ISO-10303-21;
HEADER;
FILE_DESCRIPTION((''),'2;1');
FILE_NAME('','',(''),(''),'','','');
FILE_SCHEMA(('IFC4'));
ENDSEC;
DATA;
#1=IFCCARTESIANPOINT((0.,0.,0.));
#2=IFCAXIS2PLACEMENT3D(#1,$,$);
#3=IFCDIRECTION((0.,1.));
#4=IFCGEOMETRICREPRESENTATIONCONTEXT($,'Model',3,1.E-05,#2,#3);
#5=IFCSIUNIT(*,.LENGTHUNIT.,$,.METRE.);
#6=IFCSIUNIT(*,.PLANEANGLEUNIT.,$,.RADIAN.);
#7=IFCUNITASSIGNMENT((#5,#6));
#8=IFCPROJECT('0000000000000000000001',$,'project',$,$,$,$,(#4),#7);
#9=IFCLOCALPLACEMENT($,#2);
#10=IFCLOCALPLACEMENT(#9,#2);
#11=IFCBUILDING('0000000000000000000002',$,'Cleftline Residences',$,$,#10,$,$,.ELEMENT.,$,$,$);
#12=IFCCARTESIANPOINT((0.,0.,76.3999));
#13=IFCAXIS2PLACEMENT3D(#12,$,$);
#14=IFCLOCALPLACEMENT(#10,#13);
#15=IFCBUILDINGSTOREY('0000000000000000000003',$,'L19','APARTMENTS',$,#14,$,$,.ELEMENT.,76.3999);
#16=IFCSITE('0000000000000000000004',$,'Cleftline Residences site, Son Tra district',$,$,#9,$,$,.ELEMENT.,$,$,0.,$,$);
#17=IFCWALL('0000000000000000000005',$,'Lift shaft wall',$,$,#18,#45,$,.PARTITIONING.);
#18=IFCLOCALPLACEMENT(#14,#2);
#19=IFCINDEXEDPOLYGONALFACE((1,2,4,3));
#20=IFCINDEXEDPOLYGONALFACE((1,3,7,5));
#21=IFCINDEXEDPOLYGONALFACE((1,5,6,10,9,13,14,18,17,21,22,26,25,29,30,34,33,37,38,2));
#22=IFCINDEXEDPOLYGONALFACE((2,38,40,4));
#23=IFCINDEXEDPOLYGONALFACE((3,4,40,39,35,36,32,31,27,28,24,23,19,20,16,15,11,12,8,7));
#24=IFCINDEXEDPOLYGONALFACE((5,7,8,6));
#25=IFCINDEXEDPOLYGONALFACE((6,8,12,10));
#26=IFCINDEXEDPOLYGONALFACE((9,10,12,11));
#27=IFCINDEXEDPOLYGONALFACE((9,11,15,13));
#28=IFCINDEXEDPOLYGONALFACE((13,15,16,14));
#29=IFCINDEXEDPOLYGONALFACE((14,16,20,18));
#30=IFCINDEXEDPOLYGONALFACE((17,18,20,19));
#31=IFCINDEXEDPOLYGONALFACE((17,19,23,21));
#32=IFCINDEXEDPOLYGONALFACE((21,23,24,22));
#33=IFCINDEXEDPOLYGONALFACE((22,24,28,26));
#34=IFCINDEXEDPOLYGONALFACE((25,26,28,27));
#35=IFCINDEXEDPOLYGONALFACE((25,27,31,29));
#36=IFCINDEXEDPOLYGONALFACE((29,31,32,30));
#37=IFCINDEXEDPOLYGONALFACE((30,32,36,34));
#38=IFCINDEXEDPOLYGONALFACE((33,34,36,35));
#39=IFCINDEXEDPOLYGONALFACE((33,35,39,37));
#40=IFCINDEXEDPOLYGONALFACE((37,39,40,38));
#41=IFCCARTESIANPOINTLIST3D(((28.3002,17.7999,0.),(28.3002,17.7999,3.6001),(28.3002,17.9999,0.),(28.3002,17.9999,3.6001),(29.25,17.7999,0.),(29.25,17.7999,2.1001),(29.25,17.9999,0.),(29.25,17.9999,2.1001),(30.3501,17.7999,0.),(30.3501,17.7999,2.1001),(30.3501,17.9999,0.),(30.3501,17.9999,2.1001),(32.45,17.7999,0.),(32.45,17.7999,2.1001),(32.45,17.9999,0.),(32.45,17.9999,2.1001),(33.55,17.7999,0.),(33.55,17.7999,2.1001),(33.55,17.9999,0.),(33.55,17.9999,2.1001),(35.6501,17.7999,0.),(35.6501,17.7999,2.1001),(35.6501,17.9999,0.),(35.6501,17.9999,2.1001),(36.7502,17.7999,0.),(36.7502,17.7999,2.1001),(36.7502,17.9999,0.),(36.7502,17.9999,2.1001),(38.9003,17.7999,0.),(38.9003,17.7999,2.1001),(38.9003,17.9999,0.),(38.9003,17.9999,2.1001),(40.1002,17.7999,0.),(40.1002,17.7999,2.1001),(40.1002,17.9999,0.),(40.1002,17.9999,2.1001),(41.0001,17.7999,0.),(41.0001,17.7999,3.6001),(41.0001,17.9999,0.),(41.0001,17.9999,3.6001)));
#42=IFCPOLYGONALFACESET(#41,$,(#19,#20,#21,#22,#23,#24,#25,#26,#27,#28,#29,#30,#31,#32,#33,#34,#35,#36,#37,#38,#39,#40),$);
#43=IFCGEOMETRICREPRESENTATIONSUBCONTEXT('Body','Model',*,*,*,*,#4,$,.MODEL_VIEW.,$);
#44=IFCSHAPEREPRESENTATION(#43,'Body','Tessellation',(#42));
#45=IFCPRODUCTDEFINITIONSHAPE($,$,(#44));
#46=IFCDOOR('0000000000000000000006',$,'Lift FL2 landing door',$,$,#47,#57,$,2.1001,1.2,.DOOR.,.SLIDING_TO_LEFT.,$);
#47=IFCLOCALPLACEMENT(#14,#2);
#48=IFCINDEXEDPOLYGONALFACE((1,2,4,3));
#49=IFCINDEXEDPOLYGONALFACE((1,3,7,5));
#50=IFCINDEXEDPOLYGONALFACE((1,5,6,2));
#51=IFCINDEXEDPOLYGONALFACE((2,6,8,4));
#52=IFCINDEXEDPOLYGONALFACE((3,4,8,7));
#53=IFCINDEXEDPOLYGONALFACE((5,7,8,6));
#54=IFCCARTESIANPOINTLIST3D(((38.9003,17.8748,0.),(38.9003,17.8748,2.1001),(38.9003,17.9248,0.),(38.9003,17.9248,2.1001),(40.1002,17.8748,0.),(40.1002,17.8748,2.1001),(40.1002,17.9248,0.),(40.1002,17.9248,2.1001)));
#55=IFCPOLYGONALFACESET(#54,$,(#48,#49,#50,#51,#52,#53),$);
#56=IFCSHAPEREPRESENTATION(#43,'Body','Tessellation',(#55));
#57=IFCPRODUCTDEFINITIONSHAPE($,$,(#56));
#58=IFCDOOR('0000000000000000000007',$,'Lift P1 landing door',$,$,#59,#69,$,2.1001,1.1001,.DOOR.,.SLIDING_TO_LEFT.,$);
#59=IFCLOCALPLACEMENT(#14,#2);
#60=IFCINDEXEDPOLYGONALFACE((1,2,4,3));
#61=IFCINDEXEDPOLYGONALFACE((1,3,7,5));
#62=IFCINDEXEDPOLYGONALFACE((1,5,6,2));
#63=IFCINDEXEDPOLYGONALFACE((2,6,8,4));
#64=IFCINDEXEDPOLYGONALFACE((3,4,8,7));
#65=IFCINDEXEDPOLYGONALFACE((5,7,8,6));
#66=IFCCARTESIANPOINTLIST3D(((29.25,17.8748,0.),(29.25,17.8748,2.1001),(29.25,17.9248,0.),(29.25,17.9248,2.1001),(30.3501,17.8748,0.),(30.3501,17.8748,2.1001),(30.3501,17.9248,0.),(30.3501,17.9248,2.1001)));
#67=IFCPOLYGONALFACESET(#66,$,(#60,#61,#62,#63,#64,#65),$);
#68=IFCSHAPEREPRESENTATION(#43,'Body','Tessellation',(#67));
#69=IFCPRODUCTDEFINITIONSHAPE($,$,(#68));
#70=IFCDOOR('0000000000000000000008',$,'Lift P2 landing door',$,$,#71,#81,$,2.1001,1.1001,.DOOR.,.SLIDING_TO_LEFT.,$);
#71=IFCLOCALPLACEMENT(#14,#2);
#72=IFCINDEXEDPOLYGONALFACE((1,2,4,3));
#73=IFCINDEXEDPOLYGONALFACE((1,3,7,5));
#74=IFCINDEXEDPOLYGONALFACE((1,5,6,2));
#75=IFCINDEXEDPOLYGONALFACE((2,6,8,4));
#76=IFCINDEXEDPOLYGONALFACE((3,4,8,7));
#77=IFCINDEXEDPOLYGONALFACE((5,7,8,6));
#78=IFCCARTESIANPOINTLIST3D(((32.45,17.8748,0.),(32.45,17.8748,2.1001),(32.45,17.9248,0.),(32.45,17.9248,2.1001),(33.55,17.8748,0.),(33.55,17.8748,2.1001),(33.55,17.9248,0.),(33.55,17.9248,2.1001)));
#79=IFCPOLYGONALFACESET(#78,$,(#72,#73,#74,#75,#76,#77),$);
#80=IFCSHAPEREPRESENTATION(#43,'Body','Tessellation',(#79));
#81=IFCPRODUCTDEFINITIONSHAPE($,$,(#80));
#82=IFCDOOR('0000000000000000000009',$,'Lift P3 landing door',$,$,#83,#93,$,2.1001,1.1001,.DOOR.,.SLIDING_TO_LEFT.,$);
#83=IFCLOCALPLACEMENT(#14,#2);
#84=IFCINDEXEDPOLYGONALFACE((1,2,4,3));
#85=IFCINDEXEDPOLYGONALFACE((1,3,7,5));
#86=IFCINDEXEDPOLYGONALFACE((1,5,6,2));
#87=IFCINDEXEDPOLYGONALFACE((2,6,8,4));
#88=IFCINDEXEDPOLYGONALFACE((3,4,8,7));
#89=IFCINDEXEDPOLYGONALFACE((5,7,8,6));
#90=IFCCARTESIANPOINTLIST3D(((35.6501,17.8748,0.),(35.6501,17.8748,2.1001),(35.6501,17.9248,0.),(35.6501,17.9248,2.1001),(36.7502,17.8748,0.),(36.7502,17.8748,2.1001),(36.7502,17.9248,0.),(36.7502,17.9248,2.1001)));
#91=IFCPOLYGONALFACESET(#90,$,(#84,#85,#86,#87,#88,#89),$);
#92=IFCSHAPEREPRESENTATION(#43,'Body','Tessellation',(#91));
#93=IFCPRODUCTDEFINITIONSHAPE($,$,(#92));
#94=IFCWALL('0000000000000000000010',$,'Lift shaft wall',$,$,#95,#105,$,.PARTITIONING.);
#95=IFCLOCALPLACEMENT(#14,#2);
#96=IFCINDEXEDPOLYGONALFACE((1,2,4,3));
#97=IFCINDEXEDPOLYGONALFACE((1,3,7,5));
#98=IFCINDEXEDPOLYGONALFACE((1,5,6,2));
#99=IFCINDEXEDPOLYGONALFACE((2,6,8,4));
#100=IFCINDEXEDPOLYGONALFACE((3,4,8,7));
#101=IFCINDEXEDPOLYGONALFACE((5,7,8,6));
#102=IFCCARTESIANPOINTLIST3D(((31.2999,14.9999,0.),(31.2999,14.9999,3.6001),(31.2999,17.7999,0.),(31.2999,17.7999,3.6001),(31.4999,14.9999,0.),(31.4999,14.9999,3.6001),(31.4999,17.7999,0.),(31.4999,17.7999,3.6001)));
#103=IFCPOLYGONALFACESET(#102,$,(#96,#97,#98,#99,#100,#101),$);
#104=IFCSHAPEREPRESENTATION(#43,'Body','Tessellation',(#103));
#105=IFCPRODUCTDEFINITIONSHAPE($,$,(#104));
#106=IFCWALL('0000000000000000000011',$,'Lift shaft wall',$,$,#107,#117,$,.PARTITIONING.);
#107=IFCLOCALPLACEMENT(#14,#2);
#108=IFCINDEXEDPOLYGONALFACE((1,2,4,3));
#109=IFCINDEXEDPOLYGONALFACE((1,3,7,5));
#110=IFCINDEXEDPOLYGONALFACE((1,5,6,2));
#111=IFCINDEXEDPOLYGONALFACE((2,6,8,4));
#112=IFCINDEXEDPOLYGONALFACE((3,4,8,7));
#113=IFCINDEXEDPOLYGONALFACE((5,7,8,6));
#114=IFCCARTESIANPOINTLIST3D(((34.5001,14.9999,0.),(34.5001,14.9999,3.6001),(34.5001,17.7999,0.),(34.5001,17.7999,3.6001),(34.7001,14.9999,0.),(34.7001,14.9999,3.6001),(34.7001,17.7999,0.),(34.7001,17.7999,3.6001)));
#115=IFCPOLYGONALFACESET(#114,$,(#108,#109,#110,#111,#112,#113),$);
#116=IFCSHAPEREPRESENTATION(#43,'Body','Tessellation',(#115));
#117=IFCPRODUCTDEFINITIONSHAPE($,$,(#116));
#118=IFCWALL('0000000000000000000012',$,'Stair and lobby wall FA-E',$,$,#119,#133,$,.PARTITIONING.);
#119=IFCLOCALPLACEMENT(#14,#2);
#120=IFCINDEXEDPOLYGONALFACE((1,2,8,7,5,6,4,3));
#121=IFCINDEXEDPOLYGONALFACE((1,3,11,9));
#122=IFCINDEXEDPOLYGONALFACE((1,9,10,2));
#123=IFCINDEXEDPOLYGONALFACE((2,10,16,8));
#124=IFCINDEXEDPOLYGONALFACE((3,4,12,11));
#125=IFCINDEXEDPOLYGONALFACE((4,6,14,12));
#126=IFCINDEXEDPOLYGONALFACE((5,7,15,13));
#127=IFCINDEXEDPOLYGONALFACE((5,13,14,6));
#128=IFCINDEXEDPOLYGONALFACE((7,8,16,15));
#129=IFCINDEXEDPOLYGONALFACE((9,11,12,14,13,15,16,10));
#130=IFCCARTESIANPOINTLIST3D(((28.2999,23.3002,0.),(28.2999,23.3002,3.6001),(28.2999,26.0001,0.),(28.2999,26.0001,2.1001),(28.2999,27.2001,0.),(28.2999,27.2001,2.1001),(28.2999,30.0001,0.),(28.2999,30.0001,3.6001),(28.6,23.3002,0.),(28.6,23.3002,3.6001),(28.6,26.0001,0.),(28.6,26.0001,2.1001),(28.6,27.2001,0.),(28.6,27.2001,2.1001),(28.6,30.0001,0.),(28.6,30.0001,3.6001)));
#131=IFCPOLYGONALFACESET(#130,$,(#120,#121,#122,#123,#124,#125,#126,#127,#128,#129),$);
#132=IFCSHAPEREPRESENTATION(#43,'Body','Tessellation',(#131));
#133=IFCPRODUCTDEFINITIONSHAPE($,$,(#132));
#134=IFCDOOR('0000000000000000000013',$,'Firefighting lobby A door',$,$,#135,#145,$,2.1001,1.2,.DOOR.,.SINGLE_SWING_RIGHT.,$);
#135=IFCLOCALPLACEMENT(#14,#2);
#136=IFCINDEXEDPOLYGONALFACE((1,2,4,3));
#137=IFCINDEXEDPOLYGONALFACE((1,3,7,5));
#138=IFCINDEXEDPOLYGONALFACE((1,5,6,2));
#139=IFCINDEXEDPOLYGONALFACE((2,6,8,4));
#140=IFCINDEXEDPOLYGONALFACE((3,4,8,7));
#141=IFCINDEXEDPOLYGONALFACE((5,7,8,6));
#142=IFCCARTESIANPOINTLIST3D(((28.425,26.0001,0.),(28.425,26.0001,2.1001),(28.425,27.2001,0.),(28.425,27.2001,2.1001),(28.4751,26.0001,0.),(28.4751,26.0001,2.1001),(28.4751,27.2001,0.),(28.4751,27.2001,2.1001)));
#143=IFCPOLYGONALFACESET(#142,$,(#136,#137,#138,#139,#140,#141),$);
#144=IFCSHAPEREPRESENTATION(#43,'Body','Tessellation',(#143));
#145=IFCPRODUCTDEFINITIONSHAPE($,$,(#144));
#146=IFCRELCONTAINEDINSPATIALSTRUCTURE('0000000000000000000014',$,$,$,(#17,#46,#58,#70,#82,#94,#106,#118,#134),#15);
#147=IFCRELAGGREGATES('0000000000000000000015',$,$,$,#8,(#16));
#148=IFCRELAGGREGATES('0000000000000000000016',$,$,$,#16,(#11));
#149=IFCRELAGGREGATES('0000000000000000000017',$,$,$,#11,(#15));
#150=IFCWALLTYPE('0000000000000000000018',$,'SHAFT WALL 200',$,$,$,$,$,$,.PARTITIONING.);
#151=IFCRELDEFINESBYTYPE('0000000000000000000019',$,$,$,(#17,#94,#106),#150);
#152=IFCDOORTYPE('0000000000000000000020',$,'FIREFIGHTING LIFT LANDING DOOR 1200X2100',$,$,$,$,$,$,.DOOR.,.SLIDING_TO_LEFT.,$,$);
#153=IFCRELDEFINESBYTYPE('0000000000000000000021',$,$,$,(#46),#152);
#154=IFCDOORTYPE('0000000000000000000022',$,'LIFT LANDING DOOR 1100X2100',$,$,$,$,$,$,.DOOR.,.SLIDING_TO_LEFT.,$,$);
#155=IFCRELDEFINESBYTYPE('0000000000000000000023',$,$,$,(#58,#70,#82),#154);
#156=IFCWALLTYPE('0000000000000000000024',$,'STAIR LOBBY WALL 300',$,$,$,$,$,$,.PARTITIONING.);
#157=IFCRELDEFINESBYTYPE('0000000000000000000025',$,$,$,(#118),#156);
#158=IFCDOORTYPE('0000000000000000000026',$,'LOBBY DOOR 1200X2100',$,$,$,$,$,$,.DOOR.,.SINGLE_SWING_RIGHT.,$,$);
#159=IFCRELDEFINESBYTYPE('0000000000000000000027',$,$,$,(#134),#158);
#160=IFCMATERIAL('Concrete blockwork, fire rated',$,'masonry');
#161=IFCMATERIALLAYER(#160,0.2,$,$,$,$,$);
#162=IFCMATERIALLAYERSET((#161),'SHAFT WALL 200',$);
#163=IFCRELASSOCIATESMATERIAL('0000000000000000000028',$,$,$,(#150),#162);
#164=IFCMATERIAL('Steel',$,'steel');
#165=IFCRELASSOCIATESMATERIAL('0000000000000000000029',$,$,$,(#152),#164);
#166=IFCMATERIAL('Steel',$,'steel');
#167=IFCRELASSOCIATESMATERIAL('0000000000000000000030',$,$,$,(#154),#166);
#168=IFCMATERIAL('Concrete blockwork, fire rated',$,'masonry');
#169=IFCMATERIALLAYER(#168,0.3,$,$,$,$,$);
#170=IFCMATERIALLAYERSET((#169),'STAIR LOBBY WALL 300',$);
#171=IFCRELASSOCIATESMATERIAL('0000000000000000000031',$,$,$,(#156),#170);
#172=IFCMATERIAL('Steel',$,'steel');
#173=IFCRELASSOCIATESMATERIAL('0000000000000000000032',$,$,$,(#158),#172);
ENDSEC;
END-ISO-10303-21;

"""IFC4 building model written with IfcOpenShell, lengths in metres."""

from ifc_helpers import new_model, si_unit, direction, frame, frame_2d, origin, place, context, subcontext, project, spatial, rectangle, extrude, material, layer, layer_set, type_object, element, fill, save


model = new_model("IFC4")

# Units and contexts
model_context = context("Model", 3, precision=1e-05, world=origin(), true_north=direction((0.0, 1.0)))
body_context = subcontext(model_context, "Body", "Model", "MODEL_VIEW")
ifc_project = project(units=[si_unit("LENGTHUNIT", "METRE"), si_unit("PLANEANGLEUNIT", "RADIAN")], contexts=[model_context])

# Site, building, storey
site_placement = place(None, origin())
site = spatial("IfcSite", under=ifc_project, at=site_placement, Name="Cleftline Residences site, Son Tra district", CompositionType="ELEMENT", RefElevation=0.0)
building_placement = place(site_placement, origin())
building = spatial("IfcBuilding", under=site, at=building_placement, Name="Cleftline Residences", CompositionType="ELEMENT")
storey_placement = place(building_placement, frame((0.0, 0.0, 76.3999)))
storey = spatial("IfcBuildingStorey", under=building, at=storey_placement, Name="L19", Description="APARTMENTS", CompositionType="ELEMENT", Elevation=76.3999)

# Wall, openings, doors
ifc_material_1 = material(Name="Concrete blockwork, fire rated", Category="masonry")
ifc_layer_1 = layer(ifc_material_1, 0.2)
ifc_layer_set_1 = layer_set([ifc_layer_1], Name="SHAFT WALL 200")
wall_type_1 = type_object("IfcWallType", Name="SHAFT WALL 200", PredefinedType="PARTITIONING", material=ifc_layer_set_1)
wall_1_placement = place(storey_placement, frame((28.3, 17.8999, 0.0), z_axis=(0.0, 0.0, 1.0), x_axis=(1.0, 0.0, 0.0)))
wall_1 = element("IfcWall", 1, at=wall_1_placement, inside=storey, type_object=wall_type_1, Name="Lift shaft wall", PredefinedType="PARTITIONING", context=body_context, shape_type="SweptSolid", body=[
    extrude(rectangle(XDim=12.7, YDim=0.2, at=frame_2d((6.3501, 0.0))), origin(), (0.0, 0.0, 1.0), 3.6001),
])
opening_1_placement = place(wall_1_placement, frame((0.95, 0.0, 0.0)))
opening_1 = element("IfcOpeningElement", 2, at=opening_1_placement, cuts=wall_1, PredefinedType="OPENING", context=body_context, shape_type="SweptSolid", body=[
    extrude(rectangle(XDim=1.1001, YDim=2.1001, at=frame_2d((0.55, 1.05))), frame((0.0, 0.1099, 0.0), z_axis=(0.0, -1.0, 0.0), x_axis=(1.0, 0.0, 0.0)), (0.0, 0.0, 1.0), 0.22),
])
opening_2_placement = place(wall_1_placement, frame((4.1499, 0.0, 0.0)))
opening_2 = element("IfcOpeningElement", 3, at=opening_2_placement, cuts=wall_1, PredefinedType="OPENING", context=body_context, shape_type="SweptSolid", body=[
    extrude(rectangle(XDim=1.1001, YDim=2.1001, at=frame_2d((0.55, 1.05))), frame((0.0, 0.1099, 0.0), z_axis=(0.0, -1.0, 0.0), x_axis=(1.0, 0.0, 0.0)), (0.0, 0.0, 1.0), 0.22),
])
opening_3_placement = place(wall_1_placement, frame((7.3501, 0.0, 0.0)))
opening_3 = element("IfcOpeningElement", 4, at=opening_3_placement, cuts=wall_1, PredefinedType="OPENING", context=body_context, shape_type="SweptSolid", body=[
    extrude(rectangle(XDim=1.1001, YDim=2.1001, at=frame_2d((0.55, 1.05))), frame((0.0, 0.1099, 0.0), z_axis=(0.0, -1.0, 0.0), x_axis=(1.0, 0.0, 0.0)), (0.0, 0.0, 1.0), 0.22),
])
opening_4_placement = place(wall_1_placement, frame((10.6001, 0.0, 0.0)))
opening_4 = element("IfcOpeningElement", 5, at=opening_4_placement, cuts=wall_1, PredefinedType="OPENING", context=body_context, shape_type="SweptSolid", body=[
    extrude(rectangle(XDim=1.2, YDim=2.1001, at=frame_2d((0.6001, 1.05))), frame((0.0, 0.1099, 0.0), z_axis=(0.0, -1.0, 0.0), x_axis=(1.0, 0.0, 0.0)), (0.0, 0.0, 1.0), 0.22),
])
ifc_material_2 = material(Name="Steel", Category="steel")
door_type_1 = type_object("IfcDoorType", Name="FIREFIGHTING LIFT LANDING DOOR 1200X2100", OperationType="SLIDING_TO_LEFT", PredefinedType="DOOR", material=ifc_material_2)
door_1_placement = place(opening_4_placement, origin())
door_1 = element("IfcDoor", 6, at=door_1_placement, inside=storey, type_object=door_type_1, Name="Lift FL2 landing door", OperationType="SLIDING_TO_LEFT", OverallHeight=2.1001, OverallWidth=1.2, PredefinedType="DOOR", context=body_context, shape_type="SweptSolid", body=[
    extrude(rectangle(XDim=1.2, YDim=2.1001, at=frame_2d((0.6001, 1.05))), frame((0.0, 0.0249, 0.0), z_axis=(0.0, -1.0, 0.0), x_axis=(1.0, 0.0, 0.0)), (0.0, 0.0, 1.0), 0.05),
])
fill(opening_4, door_1)
ifc_material_3 = material(Name="Steel", Category="steel")
door_type_2 = type_object("IfcDoorType", Name="LIFT LANDING DOOR 1100X2100", OperationType="SLIDING_TO_LEFT", PredefinedType="DOOR", material=ifc_material_3)
door_2_placement = place(opening_1_placement, origin())
door_2 = element("IfcDoor", 7, at=door_2_placement, inside=storey, type_object=door_type_2, Name="Lift P1 landing door", OperationType="SLIDING_TO_LEFT", OverallHeight=2.1001, OverallWidth=1.1001, PredefinedType="DOOR", context=body_context, shape_type="SweptSolid", body=[
    extrude(rectangle(XDim=1.1001, YDim=2.1001, at=frame_2d((0.55, 1.05))), frame((0.0, 0.0249, 0.0), z_axis=(0.0, -1.0, 0.0), x_axis=(1.0, 0.0, 0.0)), (0.0, 0.0, 1.0), 0.05),
])
fill(opening_1, door_2)
door_3_placement = place(opening_2_placement, origin())
door_3 = element("IfcDoor", 8, at=door_3_placement, inside=storey, type_object=door_type_2, Name="Lift P2 landing door", OperationType="SLIDING_TO_LEFT", OverallHeight=2.1001, OverallWidth=1.1001, PredefinedType="DOOR", context=body_context, shape_type="SweptSolid", body=[
    extrude(rectangle(XDim=1.1001, YDim=2.1001, at=frame_2d((0.55, 1.05))), frame((0.0, 0.0249, 0.0), z_axis=(0.0, -1.0, 0.0), x_axis=(1.0, 0.0, 0.0)), (0.0, 0.0, 1.0), 0.05),
])
fill(opening_2, door_3)
door_4_placement = place(opening_3_placement, origin())
door_4 = element("IfcDoor", 9, at=door_4_placement, inside=storey, type_object=door_type_2, Name="Lift P3 landing door", OperationType="SLIDING_TO_LEFT", OverallHeight=2.1001, OverallWidth=1.1001, PredefinedType="DOOR", context=body_context, shape_type="SweptSolid", body=[
    extrude(rectangle(XDim=1.1001, YDim=2.1001, at=frame_2d((0.55, 1.05))), frame((0.0, 0.0249, 0.0), z_axis=(0.0, -1.0, 0.0), x_axis=(1.0, 0.0, 0.0)), (0.0, 0.0, 1.0), 0.05),
])
fill(opening_3, door_4)

# Walls
for number, where, z_axis, x_axis, name in (
    (10, (31.3999, 15.0, 0.0), (0.0, 0.0, 1.0), (0.0, 1.0, 0.0), "Lift shaft wall"),
    (11, (34.6001, 15.0, 0.0), (0.0, 0.0, 1.0), (0.0, 1.0, 0.0), "Lift shaft wall"),
):
    element("IfcWall", number, at=place(storey_placement, frame(where, z_axis=z_axis, x_axis=x_axis)), inside=storey, type_object=wall_type_1, Name=name, PredefinedType="PARTITIONING", context=body_context, shape_type="SweptSolid", body=[
        extrude(rectangle(XDim=2.8, YDim=0.2, at=frame_2d((1.3999, 0.0))), origin(), (0.0, 0.0, 1.0), 3.6001),
    ])

# Wall, opening, door
ifc_material_4 = material(Name="Concrete blockwork, fire rated", Category="masonry")
ifc_layer_2 = layer(ifc_material_4, 0.3)
ifc_layer_set_2 = layer_set([ifc_layer_2], Name="STAIR LOBBY WALL 300")
wall_type_2 = type_object("IfcWallType", Name="STAIR LOBBY WALL 300", PredefinedType="PARTITIONING", material=ifc_layer_set_2)
wall_2_placement = place(storey_placement, frame((28.45, 23.3, 0.0), z_axis=(0.0, 0.0, 1.0), x_axis=(0.0, 1.0, 0.0)))
wall_2 = element("IfcWall", 12, at=wall_2_placement, inside=storey, type_object=wall_type_2, Name="Stair and lobby wall FA-E", PredefinedType="PARTITIONING", context=body_context, shape_type="SweptSolid", body=[
    extrude(rectangle(XDim=6.7, YDim=0.3, at=frame_2d((3.3501, 0.0))), origin(), (0.0, 0.0, 1.0), 3.6001),
])
opening_5_placement = place(wall_2_placement, frame((2.7, 0.0, 0.0)))
opening_5 = element("IfcOpeningElement", 13, at=opening_5_placement, cuts=wall_2, PredefinedType="OPENING", context=body_context, shape_type="SweptSolid", body=[
    extrude(rectangle(XDim=1.2, YDim=2.1001, at=frame_2d((0.6001, 1.05))), frame((0.0, 0.1599, 0.0), z_axis=(0.0, -1.0, 0.0), x_axis=(1.0, 0.0, 0.0)), (0.0, 0.0, 1.0), 0.3201),
])
ifc_material_5 = material(Name="Steel", Category="steel")
door_type_3 = type_object("IfcDoorType", Name="LOBBY DOOR 1200X2100", OperationType="SINGLE_SWING_RIGHT", PredefinedType="DOOR", material=ifc_material_5)
door_5_placement = place(opening_5_placement, origin())
door_5 = element("IfcDoor", 14, at=door_5_placement, inside=storey, type_object=door_type_3, Name="Firefighting lobby A door", OperationType="SINGLE_SWING_RIGHT", OverallHeight=2.1001, OverallWidth=1.2, PredefinedType="DOOR", context=body_context, shape_type="SweptSolid", body=[
    extrude(rectangle(XDim=1.2, YDim=2.1001, at=frame_2d((0.6001, 1.05))), frame((0.0, 0.0249, 0.0), z_axis=(0.0, -1.0, 0.0), x_axis=(1.0, 0.0, 0.0)), (0.0, 0.0, 1.0), 0.05),
])
fill(opening_5, door_5)

save(model, "model.ifc")
